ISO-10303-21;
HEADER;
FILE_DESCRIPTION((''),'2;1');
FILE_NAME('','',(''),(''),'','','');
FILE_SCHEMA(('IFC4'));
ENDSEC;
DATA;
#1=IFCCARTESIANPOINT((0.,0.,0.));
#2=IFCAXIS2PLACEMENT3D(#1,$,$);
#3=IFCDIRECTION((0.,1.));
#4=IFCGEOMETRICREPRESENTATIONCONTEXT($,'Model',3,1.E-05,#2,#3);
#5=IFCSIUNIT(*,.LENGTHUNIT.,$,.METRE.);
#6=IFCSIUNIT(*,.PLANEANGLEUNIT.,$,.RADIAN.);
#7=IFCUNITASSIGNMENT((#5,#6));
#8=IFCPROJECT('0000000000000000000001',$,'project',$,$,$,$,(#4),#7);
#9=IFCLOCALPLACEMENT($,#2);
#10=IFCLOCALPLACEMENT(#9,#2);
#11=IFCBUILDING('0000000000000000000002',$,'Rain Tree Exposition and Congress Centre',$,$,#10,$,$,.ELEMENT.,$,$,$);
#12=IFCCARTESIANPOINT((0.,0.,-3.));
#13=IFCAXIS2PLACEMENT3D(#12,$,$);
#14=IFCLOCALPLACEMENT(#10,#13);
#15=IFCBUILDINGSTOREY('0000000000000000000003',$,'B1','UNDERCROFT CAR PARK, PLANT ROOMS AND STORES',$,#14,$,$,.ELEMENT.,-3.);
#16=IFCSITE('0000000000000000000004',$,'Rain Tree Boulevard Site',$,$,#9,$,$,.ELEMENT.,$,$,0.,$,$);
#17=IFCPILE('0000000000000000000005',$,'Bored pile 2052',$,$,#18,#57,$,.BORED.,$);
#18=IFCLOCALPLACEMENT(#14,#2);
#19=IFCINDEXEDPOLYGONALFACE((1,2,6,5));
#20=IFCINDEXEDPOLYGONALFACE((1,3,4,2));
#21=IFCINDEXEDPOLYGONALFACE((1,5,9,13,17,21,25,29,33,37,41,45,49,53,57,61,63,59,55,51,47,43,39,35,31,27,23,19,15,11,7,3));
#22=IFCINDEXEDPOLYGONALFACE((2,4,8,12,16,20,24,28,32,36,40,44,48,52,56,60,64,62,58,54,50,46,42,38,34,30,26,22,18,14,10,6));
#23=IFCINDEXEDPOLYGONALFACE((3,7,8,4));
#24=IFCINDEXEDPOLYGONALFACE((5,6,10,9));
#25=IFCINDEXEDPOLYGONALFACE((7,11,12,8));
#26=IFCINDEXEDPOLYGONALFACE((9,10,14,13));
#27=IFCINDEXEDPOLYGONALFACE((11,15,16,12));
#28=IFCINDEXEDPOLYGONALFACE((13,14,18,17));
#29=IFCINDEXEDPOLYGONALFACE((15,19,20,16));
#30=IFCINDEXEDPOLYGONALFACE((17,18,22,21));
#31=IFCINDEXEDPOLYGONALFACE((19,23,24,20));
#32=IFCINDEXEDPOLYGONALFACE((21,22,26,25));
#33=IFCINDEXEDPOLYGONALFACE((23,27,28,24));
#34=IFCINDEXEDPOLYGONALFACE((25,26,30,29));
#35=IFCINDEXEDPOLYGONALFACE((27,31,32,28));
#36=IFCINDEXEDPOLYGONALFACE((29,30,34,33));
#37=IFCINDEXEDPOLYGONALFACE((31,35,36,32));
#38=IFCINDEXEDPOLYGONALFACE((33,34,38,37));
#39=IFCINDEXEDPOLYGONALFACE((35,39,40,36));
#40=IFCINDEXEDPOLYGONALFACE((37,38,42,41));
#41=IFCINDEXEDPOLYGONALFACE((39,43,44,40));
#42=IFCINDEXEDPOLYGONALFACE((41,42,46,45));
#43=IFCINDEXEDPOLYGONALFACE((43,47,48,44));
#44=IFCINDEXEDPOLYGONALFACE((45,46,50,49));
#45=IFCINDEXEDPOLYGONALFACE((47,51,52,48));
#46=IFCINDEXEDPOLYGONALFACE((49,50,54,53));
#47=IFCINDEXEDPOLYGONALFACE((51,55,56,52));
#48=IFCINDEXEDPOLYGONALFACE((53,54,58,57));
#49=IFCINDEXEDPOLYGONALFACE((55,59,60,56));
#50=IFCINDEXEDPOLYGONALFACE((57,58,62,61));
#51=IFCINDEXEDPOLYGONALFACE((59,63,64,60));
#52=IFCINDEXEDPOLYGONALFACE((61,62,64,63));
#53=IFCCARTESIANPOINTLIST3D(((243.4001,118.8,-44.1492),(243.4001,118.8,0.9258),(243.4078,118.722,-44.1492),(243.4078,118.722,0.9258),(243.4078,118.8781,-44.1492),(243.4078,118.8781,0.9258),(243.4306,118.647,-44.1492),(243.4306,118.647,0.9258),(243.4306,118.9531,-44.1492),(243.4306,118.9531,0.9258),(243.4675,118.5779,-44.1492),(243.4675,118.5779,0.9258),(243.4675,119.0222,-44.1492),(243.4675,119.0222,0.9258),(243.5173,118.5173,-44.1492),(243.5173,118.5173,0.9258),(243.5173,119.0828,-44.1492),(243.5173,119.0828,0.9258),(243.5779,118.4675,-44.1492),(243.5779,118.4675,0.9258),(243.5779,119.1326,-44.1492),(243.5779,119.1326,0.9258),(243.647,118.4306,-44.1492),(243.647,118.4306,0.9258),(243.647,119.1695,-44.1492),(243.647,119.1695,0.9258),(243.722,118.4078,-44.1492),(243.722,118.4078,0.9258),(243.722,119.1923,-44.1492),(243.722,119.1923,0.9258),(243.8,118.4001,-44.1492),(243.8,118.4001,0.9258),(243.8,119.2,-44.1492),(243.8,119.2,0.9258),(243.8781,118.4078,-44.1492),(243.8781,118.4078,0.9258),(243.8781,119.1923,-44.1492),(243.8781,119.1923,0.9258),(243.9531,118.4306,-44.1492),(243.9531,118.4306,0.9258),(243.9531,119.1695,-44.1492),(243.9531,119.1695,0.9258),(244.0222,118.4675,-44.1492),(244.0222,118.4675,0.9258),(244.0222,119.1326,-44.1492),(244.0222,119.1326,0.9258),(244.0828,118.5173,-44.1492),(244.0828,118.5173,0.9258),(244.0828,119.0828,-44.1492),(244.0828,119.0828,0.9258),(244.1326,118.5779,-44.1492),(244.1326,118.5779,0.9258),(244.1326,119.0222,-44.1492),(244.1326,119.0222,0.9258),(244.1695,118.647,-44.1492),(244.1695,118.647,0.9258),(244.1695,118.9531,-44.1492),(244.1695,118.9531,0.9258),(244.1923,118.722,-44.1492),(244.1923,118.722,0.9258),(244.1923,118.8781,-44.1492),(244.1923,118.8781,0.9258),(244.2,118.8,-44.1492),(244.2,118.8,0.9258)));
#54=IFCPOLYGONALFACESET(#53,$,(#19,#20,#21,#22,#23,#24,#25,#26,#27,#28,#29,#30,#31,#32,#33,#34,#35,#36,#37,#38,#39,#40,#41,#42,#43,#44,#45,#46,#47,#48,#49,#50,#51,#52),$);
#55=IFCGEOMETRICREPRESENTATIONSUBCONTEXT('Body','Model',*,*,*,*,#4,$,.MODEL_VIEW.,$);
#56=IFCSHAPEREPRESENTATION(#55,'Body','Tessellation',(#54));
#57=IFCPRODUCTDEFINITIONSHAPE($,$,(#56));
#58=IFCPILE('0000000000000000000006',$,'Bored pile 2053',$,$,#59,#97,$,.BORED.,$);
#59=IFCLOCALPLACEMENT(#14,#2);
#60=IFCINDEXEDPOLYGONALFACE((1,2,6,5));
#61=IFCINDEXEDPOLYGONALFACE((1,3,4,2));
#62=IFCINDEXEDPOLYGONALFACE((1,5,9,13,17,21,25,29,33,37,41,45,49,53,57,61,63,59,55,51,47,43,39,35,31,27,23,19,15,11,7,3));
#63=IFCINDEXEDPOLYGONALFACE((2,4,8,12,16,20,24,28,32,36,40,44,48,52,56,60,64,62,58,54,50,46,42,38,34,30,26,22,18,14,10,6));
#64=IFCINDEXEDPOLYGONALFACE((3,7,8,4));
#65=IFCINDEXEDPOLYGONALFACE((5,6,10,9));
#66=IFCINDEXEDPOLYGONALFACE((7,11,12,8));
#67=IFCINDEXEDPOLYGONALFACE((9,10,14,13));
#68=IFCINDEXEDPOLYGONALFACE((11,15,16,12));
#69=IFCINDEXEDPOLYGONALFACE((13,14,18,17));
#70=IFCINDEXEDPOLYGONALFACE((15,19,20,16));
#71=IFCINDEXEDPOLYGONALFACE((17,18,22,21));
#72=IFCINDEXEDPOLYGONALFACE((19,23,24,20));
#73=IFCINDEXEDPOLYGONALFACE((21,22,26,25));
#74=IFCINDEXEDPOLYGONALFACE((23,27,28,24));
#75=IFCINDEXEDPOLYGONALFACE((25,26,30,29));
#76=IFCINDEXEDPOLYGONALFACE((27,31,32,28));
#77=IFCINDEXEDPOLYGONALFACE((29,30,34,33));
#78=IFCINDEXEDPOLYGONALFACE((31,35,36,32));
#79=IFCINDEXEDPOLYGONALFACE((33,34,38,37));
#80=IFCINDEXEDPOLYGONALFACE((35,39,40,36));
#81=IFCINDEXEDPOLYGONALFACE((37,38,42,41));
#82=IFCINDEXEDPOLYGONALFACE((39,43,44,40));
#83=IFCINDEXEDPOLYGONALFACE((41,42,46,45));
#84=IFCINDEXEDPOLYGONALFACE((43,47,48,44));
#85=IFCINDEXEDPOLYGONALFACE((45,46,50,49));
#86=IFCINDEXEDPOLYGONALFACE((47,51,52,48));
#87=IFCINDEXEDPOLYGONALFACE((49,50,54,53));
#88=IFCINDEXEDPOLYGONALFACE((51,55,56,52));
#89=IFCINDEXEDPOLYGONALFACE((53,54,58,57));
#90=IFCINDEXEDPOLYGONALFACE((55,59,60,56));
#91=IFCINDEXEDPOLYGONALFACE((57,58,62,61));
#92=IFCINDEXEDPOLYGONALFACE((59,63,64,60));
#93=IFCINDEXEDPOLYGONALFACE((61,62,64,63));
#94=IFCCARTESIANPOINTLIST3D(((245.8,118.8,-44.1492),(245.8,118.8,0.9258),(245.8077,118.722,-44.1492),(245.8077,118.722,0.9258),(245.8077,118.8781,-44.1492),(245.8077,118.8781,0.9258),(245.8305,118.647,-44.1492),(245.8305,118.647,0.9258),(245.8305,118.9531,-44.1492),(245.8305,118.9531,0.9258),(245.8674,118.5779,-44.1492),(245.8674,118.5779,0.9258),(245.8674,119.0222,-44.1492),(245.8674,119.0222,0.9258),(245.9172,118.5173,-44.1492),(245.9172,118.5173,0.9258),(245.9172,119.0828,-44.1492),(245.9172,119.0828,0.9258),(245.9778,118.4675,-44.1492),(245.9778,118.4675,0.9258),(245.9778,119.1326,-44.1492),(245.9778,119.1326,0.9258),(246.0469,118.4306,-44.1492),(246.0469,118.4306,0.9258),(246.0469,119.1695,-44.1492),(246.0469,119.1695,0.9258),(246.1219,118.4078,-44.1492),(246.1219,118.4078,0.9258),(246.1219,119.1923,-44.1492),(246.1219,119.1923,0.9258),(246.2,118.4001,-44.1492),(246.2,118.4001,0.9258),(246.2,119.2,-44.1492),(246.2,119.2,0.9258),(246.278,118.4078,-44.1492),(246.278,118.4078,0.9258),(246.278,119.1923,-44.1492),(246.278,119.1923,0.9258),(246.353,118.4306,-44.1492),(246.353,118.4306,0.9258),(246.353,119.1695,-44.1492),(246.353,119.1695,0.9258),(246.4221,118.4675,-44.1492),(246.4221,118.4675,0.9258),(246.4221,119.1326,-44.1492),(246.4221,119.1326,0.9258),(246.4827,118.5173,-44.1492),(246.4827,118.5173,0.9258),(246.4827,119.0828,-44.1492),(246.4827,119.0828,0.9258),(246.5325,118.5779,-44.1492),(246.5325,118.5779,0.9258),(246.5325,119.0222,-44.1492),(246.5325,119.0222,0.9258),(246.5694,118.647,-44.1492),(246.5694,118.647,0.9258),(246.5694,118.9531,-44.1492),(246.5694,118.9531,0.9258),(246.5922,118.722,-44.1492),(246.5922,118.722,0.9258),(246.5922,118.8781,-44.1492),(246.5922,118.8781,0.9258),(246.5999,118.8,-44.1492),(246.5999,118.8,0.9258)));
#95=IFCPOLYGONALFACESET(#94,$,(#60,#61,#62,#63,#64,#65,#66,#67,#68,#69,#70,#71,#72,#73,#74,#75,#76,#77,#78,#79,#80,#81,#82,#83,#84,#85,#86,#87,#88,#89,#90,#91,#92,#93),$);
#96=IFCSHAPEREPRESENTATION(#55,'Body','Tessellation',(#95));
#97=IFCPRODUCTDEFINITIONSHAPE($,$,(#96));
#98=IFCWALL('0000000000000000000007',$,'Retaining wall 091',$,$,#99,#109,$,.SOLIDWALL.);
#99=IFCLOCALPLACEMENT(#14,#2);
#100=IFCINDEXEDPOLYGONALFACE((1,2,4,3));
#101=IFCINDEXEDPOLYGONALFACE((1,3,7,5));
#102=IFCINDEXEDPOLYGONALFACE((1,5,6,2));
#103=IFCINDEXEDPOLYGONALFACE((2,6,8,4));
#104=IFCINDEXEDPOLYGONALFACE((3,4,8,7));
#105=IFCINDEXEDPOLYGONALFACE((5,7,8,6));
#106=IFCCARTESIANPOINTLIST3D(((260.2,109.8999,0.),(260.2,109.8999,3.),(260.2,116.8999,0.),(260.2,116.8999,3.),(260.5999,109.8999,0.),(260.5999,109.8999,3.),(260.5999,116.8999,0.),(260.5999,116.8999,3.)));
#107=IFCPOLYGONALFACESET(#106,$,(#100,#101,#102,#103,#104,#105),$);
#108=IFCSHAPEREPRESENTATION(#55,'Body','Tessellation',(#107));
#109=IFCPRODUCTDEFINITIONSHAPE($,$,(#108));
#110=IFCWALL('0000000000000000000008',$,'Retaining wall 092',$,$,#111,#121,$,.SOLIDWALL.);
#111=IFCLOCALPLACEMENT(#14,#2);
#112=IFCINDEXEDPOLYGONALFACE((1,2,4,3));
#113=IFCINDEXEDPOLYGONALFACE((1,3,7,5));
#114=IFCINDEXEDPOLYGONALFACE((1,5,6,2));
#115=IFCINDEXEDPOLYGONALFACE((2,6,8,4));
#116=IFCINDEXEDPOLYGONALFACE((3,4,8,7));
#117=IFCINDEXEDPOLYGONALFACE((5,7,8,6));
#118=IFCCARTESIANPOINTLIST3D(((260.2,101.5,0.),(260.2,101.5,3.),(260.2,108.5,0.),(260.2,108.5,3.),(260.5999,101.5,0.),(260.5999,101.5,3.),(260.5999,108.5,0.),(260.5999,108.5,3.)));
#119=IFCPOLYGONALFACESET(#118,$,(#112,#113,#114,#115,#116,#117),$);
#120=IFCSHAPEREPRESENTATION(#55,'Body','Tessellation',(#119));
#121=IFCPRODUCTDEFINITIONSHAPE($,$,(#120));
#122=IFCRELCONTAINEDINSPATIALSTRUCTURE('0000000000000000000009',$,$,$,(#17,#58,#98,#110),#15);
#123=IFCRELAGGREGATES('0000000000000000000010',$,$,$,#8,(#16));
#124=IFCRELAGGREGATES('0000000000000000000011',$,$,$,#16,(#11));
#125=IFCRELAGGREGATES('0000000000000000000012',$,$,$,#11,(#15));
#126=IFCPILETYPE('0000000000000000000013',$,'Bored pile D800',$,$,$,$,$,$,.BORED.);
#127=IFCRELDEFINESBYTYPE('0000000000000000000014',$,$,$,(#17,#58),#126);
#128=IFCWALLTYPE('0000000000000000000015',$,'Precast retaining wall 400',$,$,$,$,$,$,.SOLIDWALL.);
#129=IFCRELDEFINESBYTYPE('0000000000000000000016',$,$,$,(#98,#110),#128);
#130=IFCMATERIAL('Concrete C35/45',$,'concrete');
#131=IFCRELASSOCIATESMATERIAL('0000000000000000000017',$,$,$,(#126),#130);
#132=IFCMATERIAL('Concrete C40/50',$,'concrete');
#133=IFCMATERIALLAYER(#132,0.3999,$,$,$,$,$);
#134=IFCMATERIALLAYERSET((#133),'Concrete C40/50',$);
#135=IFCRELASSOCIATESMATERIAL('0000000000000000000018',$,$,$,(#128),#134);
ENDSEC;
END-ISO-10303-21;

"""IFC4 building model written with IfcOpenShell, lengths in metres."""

from ifc_helpers import new_model, si_unit, direction, frame, frame_2d, origin, origin_2d, place, context, subcontext, project, spatial, rectangle, circle, extrude, material, layer, layer_set, material_profile, profile_set, type_object, element, save


model = new_model("IFC4")

# Units and contexts
model_context = context("Model", 3, precision=1e-05, world=origin(), true_north=direction((0.0, 1.0)))
body_context = subcontext(model_context, "Body", "Model", "MODEL_VIEW")
ifc_project = project(units=[si_unit("LENGTHUNIT", "METRE"), si_unit("PLANEANGLEUNIT", "RADIAN")], contexts=[model_context])

# Site, building, storey
site_placement = place(None, origin())
site = spatial("IfcSite", under=ifc_project, at=site_placement, Name="Rain Tree Boulevard Site", CompositionType="ELEMENT", RefElevation=0.0)
building_placement = place(site_placement, origin())
building = spatial("IfcBuilding", under=site, at=building_placement, Name="Rain Tree Exposition and Congress Centre", CompositionType="ELEMENT")
storey_placement = place(building_placement, frame((0.0, 0.0, -3.0)))
storey = spatial("IfcBuildingStorey", under=building, at=storey_placement, Name="B1", Description="UNDERCROFT CAR PARK, PLANT ROOMS AND STORES", CompositionType="ELEMENT", Elevation=-3.0)

# Piles
ifc_material_1 = material(Name="Concrete C35/45", Category="concrete")
ifc_material_profile_1 = material_profile(ifc_material_1, circle(Radius=0.3999, at=origin_2d()), Name="D800")
ifc_profile_set_1 = profile_set([ifc_material_profile_1], Name="Concrete C35/45")
pile_type_1 = type_object("IfcPileType", Name="Bored pile D800", PredefinedType="BORED", material=ifc_profile_set_1)
for number, where, z_axis, x_axis, name in (
    (1, (243.8, 118.8, 0.9258), (0.0, 0.0, -1.0), (1.0, 0.0, 0.0), "Bored pile 2052"),
    (2, (246.2, 118.8, 0.9258), (0.0, 0.0, -1.0), (1.0, 0.0, 0.0), "Bored pile 2053"),
):
    element("IfcPile", number, at=place(storey_placement, frame(where, z_axis=z_axis, x_axis=x_axis)), inside=storey, type_object=pile_type_1, Name=name, PredefinedType="BORED", context=body_context, shape_type="SweptSolid", body=[
        extrude(circle(Radius=0.3999, at=origin_2d()), origin(), (0.0, 0.0, 1.0), 45.075),
    ])

# Walls
ifc_material_2 = material(Name="Concrete C40/50", Category="concrete")
ifc_layer = layer(ifc_material_2, 0.3999)
ifc_layer_set = layer_set([ifc_layer], Name="Concrete C40/50")
wall_type = type_object("IfcWallType", Name="Precast retaining wall 400", PredefinedType="SOLIDWALL", material=ifc_layer_set)
for number, where, z_axis, x_axis, name in (
    (3, (260.3999, 116.8999, 0.0), (0.0, 0.0, 1.0), (0.0, -1.0, 0.0), "Retaining wall 091"),
    (4, (260.3999, 108.5, 0.0), (0.0, 0.0, 1.0), (0.0, -1.0, 0.0), "Retaining wall 092"),
):
    element("IfcWall", number, at=place(storey_placement, frame(where, z_axis=z_axis, x_axis=x_axis)), inside=storey, type_object=wall_type, Name=name, PredefinedType="SOLIDWALL", context=body_context, shape_type="SweptSolid", body=[
        extrude(rectangle(XDim=7.0, YDim=0.3999, at=frame_2d((3.5, 0.0))), origin(), (0.0, 0.0, 1.0), 3.0),
    ])

save(model, "model.ifc")
